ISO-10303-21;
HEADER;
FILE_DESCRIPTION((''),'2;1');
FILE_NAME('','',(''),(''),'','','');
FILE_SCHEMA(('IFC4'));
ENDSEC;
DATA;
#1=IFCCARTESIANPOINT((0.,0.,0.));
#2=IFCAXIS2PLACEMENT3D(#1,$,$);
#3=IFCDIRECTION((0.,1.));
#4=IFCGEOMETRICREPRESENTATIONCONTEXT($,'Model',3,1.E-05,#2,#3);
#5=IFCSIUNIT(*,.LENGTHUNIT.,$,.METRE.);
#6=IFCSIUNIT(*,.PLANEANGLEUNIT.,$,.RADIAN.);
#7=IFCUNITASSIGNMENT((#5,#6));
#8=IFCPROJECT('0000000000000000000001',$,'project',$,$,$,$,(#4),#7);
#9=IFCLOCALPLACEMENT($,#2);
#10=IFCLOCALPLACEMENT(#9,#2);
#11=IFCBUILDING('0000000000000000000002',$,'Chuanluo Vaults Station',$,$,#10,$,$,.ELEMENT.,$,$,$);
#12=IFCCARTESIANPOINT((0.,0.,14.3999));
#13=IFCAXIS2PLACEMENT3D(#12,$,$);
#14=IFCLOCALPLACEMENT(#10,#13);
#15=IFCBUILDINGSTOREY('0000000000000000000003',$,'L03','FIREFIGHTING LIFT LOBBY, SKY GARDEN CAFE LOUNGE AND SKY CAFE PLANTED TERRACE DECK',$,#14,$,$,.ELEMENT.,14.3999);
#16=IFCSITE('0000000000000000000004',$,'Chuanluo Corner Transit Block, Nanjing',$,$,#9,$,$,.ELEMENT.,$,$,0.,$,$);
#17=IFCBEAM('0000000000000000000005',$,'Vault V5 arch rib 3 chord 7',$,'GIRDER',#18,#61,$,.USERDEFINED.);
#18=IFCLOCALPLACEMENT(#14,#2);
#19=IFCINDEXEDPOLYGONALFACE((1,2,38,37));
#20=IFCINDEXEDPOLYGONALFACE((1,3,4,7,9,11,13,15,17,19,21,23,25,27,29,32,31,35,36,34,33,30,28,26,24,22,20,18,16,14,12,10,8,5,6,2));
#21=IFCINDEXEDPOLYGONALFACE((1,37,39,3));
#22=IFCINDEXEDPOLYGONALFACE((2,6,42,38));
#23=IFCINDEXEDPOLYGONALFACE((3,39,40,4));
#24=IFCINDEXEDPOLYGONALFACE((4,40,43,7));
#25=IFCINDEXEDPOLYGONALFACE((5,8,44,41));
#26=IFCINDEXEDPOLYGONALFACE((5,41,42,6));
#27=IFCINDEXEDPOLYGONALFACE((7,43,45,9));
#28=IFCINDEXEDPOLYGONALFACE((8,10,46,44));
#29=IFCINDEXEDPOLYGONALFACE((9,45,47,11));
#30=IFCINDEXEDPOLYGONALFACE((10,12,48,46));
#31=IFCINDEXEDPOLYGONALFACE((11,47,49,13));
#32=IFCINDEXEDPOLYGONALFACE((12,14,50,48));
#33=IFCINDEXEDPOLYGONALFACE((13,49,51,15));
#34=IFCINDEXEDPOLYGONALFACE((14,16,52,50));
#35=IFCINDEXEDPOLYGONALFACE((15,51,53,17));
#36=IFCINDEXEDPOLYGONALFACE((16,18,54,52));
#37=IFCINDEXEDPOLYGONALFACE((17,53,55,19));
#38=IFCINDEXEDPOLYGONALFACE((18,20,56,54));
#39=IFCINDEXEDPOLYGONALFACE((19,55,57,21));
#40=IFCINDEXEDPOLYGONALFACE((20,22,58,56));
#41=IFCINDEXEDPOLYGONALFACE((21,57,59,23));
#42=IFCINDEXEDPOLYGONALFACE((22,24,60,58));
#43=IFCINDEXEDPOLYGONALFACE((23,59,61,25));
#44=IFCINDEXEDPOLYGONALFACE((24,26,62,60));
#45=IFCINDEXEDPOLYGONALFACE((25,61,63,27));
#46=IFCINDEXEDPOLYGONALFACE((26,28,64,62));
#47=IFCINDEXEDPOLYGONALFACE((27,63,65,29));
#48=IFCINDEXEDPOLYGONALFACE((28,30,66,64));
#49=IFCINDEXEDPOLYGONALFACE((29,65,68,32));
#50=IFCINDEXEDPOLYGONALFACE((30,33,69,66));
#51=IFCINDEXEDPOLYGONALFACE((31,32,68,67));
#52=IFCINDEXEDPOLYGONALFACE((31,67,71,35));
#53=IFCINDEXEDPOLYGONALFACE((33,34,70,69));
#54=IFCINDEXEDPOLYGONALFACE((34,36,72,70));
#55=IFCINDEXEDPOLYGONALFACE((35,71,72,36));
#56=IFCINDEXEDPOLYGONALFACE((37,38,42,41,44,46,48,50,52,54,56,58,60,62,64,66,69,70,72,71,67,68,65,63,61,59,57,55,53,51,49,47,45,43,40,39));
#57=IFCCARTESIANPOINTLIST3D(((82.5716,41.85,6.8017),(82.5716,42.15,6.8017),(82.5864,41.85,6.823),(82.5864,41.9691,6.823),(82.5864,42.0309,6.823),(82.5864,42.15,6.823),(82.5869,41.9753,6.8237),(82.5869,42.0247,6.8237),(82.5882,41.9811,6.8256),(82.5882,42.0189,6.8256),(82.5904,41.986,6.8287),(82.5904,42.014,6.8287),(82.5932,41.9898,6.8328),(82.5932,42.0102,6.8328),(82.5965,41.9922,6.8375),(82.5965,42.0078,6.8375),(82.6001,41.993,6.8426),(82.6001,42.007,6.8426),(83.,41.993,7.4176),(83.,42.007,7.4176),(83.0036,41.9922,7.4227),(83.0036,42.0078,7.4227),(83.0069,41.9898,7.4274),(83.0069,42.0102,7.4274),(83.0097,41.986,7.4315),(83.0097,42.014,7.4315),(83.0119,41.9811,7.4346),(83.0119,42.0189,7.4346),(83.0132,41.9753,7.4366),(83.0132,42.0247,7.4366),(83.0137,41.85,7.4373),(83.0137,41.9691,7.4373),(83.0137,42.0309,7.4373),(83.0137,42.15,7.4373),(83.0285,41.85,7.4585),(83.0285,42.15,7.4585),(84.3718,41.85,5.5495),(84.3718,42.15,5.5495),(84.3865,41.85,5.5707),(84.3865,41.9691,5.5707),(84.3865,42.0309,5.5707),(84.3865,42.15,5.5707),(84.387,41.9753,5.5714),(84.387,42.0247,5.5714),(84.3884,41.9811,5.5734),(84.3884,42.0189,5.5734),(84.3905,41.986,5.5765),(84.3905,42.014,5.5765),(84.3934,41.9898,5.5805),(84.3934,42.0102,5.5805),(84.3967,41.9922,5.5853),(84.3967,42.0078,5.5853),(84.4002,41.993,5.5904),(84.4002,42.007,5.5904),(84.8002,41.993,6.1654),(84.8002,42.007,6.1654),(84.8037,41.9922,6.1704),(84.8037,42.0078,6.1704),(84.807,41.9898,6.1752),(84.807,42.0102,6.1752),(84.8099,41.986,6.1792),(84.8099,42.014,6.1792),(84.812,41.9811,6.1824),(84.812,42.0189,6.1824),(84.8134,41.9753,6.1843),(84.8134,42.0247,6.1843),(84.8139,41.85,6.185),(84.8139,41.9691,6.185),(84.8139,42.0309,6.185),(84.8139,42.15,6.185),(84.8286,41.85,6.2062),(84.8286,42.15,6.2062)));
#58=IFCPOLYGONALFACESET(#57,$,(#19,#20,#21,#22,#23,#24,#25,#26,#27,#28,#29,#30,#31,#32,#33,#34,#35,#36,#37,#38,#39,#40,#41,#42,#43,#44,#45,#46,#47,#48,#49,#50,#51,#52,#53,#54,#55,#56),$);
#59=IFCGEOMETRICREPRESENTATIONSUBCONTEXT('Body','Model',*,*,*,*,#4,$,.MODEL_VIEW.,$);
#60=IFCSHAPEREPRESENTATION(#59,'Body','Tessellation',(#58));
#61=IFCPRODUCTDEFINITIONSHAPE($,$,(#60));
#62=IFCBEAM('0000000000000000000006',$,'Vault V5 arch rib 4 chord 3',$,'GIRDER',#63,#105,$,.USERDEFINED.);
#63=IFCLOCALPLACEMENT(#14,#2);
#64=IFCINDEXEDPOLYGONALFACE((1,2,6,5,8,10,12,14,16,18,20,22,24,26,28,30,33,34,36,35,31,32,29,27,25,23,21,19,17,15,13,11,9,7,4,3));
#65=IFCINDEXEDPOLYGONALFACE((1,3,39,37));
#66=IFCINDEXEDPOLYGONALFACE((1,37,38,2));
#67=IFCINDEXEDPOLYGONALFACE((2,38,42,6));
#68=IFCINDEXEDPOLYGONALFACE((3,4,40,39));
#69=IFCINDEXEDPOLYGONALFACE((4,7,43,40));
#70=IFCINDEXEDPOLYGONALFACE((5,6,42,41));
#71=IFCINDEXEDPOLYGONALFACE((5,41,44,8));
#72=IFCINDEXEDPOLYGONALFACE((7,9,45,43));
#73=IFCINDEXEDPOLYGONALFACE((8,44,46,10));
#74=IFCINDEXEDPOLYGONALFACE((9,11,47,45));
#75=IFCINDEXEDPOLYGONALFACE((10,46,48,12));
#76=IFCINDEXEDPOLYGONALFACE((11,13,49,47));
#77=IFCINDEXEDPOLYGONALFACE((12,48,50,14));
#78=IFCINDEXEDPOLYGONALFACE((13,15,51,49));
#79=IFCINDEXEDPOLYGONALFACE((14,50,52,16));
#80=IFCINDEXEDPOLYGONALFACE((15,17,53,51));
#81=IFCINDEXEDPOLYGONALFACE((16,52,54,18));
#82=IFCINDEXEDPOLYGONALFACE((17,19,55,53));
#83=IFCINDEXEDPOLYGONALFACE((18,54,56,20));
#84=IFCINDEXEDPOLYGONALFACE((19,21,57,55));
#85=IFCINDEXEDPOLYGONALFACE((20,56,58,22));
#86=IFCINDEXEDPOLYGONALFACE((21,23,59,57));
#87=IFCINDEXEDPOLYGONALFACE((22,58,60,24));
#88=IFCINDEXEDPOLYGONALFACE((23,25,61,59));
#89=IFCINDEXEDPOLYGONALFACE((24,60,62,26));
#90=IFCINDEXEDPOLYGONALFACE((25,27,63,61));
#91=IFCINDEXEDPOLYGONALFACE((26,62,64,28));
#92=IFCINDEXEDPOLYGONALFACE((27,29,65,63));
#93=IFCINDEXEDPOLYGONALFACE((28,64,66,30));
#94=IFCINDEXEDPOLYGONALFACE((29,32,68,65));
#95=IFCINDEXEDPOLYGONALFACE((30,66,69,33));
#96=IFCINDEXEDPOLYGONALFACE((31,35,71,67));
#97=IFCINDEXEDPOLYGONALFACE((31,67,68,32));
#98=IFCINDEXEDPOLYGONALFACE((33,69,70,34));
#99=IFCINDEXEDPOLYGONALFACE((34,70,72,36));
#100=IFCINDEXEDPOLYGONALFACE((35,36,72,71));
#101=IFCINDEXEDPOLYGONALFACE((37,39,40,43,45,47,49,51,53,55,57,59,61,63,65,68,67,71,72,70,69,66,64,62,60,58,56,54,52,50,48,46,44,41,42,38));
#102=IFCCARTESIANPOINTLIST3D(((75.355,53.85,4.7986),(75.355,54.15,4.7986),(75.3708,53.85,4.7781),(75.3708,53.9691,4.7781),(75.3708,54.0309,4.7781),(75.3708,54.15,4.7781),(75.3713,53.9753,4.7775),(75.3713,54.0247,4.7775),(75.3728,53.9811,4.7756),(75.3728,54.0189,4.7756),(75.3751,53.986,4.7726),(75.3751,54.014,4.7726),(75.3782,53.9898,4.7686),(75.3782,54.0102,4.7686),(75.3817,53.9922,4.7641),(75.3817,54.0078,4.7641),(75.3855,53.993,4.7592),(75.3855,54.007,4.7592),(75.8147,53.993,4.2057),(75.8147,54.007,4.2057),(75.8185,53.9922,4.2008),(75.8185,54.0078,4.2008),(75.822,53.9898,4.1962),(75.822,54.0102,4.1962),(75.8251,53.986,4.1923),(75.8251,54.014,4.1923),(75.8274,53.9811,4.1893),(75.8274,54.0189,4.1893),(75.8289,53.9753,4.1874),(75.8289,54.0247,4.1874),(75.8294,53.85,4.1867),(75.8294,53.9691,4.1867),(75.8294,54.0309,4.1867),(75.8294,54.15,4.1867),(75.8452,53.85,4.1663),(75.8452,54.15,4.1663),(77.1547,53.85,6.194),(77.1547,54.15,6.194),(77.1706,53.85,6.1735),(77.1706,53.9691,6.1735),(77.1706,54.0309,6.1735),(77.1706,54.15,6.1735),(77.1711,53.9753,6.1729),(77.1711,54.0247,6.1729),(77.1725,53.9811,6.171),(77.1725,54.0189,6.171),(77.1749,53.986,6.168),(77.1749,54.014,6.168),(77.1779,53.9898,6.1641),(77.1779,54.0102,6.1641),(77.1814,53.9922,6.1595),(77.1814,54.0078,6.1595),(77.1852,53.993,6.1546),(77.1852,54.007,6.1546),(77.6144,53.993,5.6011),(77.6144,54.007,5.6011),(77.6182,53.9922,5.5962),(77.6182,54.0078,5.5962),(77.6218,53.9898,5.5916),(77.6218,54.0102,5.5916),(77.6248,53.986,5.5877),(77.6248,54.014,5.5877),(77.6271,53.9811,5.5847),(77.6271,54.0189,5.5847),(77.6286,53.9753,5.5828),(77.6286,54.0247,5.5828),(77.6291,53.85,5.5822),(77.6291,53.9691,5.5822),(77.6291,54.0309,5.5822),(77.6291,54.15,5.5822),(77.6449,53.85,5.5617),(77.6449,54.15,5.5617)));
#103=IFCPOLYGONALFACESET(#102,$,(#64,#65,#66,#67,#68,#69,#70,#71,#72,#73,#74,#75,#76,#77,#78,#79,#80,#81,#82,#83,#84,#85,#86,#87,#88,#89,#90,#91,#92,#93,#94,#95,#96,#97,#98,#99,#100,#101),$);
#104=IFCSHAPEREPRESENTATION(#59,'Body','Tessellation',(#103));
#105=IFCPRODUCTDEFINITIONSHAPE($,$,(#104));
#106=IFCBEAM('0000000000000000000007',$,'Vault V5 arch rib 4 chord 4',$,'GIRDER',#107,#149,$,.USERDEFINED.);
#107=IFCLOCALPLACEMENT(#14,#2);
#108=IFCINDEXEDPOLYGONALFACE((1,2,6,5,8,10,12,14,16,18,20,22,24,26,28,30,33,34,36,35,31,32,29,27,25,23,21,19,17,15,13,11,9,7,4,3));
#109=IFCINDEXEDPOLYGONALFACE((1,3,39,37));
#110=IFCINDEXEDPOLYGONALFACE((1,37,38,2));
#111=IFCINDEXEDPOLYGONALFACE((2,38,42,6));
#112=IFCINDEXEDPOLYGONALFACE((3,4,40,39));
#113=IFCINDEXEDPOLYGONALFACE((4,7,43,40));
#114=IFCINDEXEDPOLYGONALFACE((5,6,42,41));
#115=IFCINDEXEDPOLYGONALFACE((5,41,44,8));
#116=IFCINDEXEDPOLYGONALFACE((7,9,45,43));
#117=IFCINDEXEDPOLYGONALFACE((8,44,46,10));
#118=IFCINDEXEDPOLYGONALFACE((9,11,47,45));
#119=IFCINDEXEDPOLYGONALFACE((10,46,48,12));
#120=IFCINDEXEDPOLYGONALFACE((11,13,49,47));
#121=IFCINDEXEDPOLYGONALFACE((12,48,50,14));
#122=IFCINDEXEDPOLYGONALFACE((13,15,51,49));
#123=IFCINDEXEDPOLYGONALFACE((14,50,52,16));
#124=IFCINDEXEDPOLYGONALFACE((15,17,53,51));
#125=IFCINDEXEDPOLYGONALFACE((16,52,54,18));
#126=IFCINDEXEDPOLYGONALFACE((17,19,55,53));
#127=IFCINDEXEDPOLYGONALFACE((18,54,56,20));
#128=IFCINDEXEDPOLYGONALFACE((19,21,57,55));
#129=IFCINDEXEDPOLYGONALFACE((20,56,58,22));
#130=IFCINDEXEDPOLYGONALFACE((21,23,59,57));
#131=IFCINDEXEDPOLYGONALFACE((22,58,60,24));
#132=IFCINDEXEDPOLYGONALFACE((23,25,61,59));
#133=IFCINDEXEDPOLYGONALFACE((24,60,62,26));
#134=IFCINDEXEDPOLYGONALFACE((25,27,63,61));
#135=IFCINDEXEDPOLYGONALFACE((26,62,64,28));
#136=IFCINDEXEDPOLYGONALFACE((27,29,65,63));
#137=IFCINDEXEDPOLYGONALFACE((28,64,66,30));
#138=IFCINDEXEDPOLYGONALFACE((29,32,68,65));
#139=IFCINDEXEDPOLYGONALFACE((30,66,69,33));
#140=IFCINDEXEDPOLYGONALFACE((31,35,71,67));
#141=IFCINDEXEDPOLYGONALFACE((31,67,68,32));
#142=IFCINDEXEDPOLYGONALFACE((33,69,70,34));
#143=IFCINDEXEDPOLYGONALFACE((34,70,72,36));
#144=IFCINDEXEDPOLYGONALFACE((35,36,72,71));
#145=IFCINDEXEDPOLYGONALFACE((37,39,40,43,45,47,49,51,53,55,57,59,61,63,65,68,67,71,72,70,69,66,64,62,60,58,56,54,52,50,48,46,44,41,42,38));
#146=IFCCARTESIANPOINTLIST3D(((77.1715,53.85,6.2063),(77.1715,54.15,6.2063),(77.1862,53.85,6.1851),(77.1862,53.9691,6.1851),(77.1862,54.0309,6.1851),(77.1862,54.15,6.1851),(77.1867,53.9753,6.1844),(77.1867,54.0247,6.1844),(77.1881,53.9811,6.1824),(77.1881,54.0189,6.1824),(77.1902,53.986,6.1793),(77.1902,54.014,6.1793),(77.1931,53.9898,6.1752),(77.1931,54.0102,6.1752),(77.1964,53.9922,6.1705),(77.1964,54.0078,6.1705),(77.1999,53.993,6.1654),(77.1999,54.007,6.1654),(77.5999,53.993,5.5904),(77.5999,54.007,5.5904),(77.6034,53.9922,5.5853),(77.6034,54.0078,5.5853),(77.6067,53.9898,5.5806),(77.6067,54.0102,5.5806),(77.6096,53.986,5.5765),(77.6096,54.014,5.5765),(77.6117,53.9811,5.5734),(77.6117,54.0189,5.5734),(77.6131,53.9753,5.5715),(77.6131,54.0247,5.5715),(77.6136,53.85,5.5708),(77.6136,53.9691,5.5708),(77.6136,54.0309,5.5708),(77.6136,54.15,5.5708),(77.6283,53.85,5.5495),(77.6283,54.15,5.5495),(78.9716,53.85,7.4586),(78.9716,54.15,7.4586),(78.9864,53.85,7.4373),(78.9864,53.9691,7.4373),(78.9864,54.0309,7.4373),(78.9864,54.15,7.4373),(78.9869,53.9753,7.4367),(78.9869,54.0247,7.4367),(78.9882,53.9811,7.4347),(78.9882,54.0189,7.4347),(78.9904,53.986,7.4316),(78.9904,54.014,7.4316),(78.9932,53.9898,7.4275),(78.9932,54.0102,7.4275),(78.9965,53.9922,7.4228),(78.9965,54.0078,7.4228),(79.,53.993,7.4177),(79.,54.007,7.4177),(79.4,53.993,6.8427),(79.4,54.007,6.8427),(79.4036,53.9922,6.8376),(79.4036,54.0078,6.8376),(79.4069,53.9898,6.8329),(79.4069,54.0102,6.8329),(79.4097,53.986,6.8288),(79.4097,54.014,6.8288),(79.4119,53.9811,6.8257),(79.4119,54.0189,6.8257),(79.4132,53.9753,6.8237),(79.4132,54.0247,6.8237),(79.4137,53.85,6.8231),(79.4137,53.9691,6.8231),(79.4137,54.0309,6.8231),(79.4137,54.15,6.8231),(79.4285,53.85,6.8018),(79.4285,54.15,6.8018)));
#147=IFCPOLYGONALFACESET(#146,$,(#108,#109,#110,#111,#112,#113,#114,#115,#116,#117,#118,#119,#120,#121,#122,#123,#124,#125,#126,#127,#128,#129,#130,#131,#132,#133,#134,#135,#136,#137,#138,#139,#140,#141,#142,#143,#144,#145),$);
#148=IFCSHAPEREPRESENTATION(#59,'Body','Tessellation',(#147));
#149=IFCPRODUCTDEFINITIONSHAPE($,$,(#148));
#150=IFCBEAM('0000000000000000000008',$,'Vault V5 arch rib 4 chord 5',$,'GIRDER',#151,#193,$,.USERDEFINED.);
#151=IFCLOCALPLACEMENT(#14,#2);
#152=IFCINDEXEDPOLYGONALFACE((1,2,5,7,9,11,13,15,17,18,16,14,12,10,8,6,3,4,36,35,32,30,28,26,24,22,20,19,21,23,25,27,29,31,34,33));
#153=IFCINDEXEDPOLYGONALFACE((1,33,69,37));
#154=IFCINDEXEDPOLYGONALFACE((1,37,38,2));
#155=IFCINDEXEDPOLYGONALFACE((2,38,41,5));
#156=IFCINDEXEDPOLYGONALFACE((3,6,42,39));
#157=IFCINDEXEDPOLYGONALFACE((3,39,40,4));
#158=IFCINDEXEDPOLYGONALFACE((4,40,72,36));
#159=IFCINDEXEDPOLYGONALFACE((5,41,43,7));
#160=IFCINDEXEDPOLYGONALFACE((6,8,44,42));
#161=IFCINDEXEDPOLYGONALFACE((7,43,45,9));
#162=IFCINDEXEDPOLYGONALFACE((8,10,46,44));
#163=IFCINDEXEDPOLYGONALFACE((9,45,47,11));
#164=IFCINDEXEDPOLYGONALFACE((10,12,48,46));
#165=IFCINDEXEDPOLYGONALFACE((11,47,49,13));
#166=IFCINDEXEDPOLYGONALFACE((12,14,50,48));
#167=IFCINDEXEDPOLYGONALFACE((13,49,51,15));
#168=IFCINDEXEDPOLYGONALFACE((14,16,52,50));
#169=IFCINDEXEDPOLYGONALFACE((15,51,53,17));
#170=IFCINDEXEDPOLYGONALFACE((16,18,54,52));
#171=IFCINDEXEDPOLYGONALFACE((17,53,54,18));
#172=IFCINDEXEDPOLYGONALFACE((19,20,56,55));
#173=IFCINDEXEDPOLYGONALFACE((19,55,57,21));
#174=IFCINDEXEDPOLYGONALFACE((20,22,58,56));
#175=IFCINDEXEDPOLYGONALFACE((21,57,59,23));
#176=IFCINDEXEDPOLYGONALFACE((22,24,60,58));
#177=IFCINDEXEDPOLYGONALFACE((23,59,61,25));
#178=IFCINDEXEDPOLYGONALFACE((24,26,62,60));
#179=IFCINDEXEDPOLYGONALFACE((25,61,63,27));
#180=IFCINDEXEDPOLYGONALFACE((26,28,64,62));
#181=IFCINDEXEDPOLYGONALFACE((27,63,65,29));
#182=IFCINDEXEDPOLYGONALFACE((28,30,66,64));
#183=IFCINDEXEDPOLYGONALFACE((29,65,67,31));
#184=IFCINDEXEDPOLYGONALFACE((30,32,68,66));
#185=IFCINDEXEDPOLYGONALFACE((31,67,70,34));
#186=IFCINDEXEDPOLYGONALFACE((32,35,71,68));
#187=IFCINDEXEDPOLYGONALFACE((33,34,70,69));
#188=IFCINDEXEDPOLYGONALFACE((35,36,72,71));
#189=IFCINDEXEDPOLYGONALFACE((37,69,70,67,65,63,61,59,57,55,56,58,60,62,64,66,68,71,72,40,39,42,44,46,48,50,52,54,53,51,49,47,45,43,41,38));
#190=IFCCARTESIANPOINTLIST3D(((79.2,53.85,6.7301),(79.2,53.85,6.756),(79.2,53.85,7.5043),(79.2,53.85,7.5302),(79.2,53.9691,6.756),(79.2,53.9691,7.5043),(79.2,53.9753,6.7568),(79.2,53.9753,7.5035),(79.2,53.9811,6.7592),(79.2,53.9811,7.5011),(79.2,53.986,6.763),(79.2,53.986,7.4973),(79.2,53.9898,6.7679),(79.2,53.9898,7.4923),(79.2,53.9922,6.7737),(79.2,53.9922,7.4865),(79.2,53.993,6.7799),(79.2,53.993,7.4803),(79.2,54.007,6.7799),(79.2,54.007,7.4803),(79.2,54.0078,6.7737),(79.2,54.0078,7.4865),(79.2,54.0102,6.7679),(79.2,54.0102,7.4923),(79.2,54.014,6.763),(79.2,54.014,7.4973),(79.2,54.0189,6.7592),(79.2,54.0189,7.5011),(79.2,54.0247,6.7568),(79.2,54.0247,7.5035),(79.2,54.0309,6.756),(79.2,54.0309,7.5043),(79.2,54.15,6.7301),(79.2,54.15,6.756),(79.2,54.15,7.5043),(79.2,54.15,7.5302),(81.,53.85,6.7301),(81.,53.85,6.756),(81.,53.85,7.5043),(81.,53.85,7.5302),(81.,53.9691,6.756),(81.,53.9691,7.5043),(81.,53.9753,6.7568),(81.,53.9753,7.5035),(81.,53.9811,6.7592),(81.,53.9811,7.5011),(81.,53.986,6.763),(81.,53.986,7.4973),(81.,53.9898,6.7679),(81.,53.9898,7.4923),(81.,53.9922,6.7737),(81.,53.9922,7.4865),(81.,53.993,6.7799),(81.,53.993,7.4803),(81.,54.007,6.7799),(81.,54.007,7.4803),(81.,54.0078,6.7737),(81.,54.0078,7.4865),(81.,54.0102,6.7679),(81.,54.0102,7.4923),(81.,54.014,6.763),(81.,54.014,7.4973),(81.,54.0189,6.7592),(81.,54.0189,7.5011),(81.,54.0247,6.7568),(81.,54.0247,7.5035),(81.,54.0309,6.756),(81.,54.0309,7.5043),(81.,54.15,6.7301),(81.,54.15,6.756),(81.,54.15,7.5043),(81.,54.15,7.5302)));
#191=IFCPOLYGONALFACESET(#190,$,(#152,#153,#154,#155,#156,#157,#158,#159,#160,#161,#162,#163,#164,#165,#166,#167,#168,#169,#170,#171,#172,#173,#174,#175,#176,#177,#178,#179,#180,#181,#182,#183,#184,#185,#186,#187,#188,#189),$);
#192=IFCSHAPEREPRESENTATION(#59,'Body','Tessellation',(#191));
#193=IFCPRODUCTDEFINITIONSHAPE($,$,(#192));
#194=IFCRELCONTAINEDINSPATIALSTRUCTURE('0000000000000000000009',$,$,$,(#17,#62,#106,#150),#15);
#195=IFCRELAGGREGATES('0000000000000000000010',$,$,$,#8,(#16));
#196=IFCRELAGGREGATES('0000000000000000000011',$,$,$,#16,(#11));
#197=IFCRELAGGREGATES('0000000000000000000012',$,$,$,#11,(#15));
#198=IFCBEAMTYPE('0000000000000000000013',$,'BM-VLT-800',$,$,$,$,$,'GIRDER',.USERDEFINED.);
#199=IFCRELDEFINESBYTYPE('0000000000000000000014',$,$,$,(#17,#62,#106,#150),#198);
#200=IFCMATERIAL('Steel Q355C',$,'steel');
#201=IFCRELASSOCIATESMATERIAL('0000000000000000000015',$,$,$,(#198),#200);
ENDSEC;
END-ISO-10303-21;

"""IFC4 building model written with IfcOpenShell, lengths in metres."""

from ifc_helpers import new_model, si_unit, direction, frame, origin, origin_2d, place, context, subcontext, project, spatial, i_section, extrude, material, material_profile, profile_set, type_object, element, save


model = new_model("IFC4")

# Units and contexts
model_context = context("Model", 3, precision=1e-05, world=origin(), true_north=direction((0.0, 1.0)))
body_context = subcontext(model_context, "Body", "Model", "MODEL_VIEW")
ifc_project = project(units=[si_unit("LENGTHUNIT", "METRE"), si_unit("PLANEANGLEUNIT", "RADIAN")], contexts=[model_context])

# Site, building, storey
site_placement = place(None, origin())
site = spatial("IfcSite", under=ifc_project, at=site_placement, Name="Chuanluo Corner Transit Block, Nanjing", CompositionType="ELEMENT", RefElevation=0.0)
building_placement = place(site_placement, origin())
building = spatial("IfcBuilding", under=site, at=building_placement, Name="Chuanluo Vaults Station", CompositionType="ELEMENT")
storey_placement = place(building_placement, frame((0.0, 0.0, 14.3999)))
storey = spatial("IfcBuildingStorey", under=building, at=storey_placement, Name="L03", Description="FIREFIGHTING LIFT LOBBY, SKY GARDEN CAFE LOUNGE AND SKY CAFE PLANTED TERRACE DECK", CompositionType="ELEMENT", Elevation=14.3999)

# Beams
ifc_material_1 = material(Name="Steel Q355C", Category="steel")
ifc_material_profile_1 = material_profile(ifc_material_1, i_section(OverallWidth=0.3, OverallDepth=0.8, WebThickness=0.0139, FlangeThickness=0.0259, FilletRadius=0.0239, at=origin_2d()))
ifc_profile_set_1 = profile_set([ifc_material_profile_1], Name="Steel Q355C")
beam_type = type_object("IfcBeamType", Name="BM-VLT-800", ElementType="GIRDER", PredefinedType="USERDEFINED", material=ifc_profile_set_1)
beam_1_placement = place(storey_placement, frame((82.8, 42.0, 7.1301), z_axis=(0.820907, 0.0, -0.571061), x_axis=(0.0, 1.0, 0.0)))
element("IfcBeam", 1, at=beam_1_placement, inside=storey, type_object=beam_type, Name="Vault V5 arch rib 3 chord 7", ObjectType="GIRDER", PredefinedType="USERDEFINED", context=body_context, shape_type="SweptSolid", body=[
    extrude(i_section(OverallWidth=0.3, OverallDepth=0.8, WebThickness=0.0139, FlangeThickness=0.0259, FilletRadius=0.0239, at=origin_2d()), origin(), (0.0, 0.0, 1.0), 2.1929),
])
beam_2_placement = place(storey_placement, frame((75.6001, 54.0, 4.4824), z_axis=(0.790275, 0.0, 0.612752), x_axis=(0.0, 1.0, 0.0)))
element("IfcBeam", 2, at=beam_2_placement, inside=storey, type_object=beam_type, Name="Vault V5 arch rib 4 chord 3", ObjectType="GIRDER", PredefinedType="USERDEFINED", context=body_context, shape_type="SweptSolid", body=[
    extrude(i_section(OverallWidth=0.3, OverallDepth=0.8, WebThickness=0.0139, FlangeThickness=0.0259, FilletRadius=0.0239, at=origin_2d()), origin(), (0.0, 0.0, 1.0), 2.2773),
])
beam_3_placement = place(storey_placement, frame((77.3999, 54.0, 5.8779), z_axis=(0.820907, 0.0, 0.571061), x_axis=(0.0, 1.0, 0.0)))
element("IfcBeam", 3, at=beam_3_placement, inside=storey, type_object=beam_type, Name="Vault V5 arch rib 4 chord 4", ObjectType="GIRDER", PredefinedType="USERDEFINED", context=body_context, shape_type="SweptSolid", body=[
    extrude(i_section(OverallWidth=0.3, OverallDepth=0.8, WebThickness=0.0139, FlangeThickness=0.0259, FilletRadius=0.0239, at=origin_2d()), origin(), (0.0, 0.0, 1.0), 2.1929),
])
for number, where, z_axis, x_axis, name in (
    (4, (79.2, 54.0, 7.1301), (1.0, 0.0, 0.0), (0.0, 1.0, 0.0), "Vault V5 arch rib 4 chord 5"),
):
    element("IfcBeam", number, at=place(storey_placement, frame(where, z_axis=z_axis, x_axis=x_axis)), inside=storey, type_object=beam_type, Name=name, ObjectType="GIRDER", PredefinedType="USERDEFINED", context=body_context, shape_type="SweptSolid", body=[
        extrude(i_section(OverallWidth=0.3, OverallDepth=0.8, WebThickness=0.0139, FlangeThickness=0.0259, FilletRadius=0.0239, at=origin_2d()), origin(), (0.0, 0.0, 1.0), 1.8),
    ])

save(model, "model.ifc")
